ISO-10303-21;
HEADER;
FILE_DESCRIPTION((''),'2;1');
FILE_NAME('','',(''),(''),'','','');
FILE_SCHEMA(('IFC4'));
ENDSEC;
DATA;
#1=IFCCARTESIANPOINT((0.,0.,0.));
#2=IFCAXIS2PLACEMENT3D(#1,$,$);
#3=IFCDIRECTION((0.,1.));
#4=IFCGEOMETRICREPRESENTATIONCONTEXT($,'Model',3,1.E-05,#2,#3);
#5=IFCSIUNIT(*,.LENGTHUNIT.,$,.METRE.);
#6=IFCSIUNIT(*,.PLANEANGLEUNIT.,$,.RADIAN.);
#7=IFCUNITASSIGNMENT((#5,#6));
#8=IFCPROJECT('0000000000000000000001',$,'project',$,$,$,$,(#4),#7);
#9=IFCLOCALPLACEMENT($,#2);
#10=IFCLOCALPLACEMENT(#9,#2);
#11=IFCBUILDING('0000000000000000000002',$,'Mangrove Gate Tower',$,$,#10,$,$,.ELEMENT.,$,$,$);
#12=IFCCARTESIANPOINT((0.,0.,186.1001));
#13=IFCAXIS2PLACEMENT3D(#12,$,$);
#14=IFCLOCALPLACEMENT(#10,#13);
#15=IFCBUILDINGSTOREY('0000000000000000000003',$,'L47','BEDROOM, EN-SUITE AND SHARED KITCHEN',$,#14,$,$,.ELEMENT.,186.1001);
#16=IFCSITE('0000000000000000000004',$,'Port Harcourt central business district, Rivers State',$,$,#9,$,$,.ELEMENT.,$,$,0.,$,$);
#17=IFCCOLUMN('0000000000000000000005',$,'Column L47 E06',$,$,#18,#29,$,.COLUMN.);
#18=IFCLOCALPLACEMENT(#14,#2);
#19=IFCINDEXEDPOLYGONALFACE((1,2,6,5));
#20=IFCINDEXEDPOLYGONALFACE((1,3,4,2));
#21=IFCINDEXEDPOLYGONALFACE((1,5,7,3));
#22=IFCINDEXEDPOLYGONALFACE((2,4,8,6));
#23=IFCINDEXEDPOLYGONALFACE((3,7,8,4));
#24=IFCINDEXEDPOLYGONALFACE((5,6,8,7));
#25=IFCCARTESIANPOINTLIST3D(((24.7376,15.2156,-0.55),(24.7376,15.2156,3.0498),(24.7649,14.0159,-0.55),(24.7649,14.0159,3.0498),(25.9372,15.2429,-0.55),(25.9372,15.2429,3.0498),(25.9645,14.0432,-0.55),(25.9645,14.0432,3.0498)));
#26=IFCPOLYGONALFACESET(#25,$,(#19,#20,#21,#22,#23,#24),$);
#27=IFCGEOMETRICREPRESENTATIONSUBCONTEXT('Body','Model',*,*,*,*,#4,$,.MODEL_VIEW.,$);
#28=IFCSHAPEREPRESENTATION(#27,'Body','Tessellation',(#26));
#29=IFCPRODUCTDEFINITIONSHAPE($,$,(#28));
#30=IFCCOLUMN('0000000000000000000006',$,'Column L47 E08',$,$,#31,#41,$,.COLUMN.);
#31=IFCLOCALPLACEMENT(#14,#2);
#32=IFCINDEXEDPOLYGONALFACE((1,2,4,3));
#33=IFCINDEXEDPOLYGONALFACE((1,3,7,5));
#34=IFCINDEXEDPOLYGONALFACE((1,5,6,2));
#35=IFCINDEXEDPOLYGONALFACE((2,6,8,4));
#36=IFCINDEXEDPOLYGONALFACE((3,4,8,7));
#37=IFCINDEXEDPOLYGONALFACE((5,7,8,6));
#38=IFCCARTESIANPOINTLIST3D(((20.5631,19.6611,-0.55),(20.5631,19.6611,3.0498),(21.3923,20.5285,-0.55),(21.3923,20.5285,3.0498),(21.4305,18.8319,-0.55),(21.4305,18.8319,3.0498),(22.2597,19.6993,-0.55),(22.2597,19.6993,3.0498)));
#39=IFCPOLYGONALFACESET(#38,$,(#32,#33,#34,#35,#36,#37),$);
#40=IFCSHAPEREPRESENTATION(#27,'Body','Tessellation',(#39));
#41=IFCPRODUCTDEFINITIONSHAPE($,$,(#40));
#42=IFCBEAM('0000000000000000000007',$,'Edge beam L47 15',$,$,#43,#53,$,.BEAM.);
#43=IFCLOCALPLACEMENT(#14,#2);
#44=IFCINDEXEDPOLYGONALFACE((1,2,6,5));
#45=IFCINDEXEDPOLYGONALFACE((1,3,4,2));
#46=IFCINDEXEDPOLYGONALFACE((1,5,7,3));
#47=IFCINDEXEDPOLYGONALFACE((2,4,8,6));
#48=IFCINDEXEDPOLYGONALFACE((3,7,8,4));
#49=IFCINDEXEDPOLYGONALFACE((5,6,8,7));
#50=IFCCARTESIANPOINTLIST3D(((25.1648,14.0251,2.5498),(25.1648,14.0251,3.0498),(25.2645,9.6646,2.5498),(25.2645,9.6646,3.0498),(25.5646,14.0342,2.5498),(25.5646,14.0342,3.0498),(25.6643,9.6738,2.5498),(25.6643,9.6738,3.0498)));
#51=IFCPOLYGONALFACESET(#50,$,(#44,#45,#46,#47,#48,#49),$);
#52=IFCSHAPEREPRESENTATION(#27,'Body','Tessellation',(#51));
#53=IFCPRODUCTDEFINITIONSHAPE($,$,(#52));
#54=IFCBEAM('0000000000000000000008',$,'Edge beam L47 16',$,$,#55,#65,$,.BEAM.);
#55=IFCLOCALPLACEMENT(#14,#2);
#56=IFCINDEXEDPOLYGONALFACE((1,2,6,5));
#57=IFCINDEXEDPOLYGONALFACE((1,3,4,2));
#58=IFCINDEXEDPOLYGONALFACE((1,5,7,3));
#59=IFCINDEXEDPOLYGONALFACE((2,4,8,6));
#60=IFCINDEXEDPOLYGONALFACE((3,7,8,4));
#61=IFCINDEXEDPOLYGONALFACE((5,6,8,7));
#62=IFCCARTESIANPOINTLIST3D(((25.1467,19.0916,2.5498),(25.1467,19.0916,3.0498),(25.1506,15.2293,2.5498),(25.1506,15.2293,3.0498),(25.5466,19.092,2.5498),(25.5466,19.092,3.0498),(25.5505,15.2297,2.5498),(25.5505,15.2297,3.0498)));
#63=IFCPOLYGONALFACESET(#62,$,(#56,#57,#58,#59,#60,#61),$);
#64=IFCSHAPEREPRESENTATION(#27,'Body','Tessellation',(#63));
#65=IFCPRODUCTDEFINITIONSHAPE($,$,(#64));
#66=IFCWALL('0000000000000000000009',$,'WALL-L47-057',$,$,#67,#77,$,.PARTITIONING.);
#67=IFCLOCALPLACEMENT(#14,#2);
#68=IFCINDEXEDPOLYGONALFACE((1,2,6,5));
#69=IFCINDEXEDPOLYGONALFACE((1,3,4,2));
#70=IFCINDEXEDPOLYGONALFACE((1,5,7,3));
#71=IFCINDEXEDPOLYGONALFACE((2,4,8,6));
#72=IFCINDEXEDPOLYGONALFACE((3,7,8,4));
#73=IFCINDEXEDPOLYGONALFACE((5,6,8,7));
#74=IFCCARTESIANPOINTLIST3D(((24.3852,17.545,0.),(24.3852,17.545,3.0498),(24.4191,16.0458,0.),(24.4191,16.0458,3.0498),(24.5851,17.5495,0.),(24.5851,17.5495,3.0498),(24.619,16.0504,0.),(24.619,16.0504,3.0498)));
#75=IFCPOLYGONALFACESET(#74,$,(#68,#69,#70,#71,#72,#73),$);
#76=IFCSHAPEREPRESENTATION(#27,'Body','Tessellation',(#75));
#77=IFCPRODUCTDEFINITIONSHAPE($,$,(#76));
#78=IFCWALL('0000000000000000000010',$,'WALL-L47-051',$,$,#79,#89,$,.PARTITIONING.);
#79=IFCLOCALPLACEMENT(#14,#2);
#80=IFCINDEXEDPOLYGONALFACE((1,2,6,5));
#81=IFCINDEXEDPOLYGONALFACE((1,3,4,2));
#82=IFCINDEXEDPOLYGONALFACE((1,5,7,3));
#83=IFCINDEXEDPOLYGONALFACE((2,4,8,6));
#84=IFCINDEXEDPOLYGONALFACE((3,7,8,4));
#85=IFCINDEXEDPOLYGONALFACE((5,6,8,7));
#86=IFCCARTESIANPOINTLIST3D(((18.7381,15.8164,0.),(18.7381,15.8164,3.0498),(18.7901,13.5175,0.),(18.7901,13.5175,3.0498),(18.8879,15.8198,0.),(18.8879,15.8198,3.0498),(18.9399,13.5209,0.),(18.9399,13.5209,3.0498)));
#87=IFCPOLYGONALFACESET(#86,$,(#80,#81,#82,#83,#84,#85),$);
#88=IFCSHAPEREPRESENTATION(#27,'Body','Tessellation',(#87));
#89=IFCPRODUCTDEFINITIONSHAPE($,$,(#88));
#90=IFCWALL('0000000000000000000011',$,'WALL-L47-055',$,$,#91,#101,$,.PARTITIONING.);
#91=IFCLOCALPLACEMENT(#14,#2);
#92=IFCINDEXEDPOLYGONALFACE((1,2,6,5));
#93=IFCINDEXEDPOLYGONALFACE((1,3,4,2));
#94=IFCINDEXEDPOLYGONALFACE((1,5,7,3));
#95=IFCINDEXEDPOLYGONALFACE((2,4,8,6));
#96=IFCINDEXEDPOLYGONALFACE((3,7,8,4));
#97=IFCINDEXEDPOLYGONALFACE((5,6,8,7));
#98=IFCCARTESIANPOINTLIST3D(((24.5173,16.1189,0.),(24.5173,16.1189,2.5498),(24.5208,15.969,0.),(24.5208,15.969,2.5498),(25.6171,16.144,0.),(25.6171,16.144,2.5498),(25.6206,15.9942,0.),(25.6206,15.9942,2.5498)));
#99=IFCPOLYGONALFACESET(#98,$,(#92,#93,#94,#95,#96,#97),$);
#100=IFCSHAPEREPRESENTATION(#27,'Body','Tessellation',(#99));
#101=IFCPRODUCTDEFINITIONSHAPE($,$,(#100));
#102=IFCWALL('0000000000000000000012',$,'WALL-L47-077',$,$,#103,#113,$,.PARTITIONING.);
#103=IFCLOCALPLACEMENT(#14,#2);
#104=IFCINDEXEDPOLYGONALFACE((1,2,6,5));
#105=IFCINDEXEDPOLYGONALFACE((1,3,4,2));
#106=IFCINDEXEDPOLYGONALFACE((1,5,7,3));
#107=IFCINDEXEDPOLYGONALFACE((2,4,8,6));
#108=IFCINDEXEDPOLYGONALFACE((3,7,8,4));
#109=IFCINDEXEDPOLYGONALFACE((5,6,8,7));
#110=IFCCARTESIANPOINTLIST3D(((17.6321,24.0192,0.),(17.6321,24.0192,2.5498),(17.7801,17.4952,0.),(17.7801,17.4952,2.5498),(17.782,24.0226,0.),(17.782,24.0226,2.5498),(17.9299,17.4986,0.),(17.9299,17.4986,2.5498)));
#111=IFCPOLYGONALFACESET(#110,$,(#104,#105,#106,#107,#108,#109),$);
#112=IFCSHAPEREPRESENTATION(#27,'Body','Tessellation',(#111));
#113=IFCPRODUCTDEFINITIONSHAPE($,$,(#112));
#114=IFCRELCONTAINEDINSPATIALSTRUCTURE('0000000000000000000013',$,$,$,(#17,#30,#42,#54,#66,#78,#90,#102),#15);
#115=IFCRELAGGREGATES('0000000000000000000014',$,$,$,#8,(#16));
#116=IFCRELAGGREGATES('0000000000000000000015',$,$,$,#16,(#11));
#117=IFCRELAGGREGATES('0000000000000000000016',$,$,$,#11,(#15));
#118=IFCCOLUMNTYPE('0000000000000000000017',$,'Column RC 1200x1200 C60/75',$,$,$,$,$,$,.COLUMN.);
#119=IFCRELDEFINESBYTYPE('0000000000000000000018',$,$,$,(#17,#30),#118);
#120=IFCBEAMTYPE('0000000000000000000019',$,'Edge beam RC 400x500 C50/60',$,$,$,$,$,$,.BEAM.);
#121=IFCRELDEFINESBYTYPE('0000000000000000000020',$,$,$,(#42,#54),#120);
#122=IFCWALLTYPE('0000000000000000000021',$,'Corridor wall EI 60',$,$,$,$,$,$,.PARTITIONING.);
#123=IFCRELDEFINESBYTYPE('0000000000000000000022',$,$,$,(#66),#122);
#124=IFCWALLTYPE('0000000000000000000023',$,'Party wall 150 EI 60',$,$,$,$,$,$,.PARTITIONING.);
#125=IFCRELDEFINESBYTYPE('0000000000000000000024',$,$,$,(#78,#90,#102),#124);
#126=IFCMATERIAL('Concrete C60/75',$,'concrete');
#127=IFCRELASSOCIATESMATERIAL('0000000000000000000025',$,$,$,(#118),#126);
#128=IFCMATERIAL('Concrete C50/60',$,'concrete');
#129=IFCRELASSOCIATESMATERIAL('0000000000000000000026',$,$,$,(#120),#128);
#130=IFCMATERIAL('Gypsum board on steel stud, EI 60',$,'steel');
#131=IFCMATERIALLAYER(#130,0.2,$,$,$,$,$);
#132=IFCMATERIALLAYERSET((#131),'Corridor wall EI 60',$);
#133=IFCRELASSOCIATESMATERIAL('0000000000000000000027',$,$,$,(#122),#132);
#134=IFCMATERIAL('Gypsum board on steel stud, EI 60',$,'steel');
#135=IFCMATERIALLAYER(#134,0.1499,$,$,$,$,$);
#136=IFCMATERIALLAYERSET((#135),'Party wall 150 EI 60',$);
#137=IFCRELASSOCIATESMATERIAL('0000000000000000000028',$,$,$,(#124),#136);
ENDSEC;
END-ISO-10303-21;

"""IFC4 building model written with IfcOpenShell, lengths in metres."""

from ifc_helpers import new_model, si_unit, direction, frame, frame_2d, origin, origin_2d, place, context, subcontext, project, spatial, rectangle, extrude, material, layer, layer_set, material_profile, profile_set, type_object, element, save


model = new_model("IFC4")

# Units and contexts
model_context = context("Model", 3, precision=1e-05, world=origin(), true_north=direction((0.0, 1.0)))
body_context = subcontext(model_context, "Body", "Model", "MODEL_VIEW")
ifc_project = project(units=[si_unit("LENGTHUNIT", "METRE"), si_unit("PLANEANGLEUNIT", "RADIAN")], contexts=[model_context])

# Site, building, storey
site_placement = place(None, origin())
site = spatial("IfcSite", under=ifc_project, at=site_placement, Name="Port Harcourt central business district, Rivers State", CompositionType="ELEMENT", RefElevation=0.0)
building_placement = place(site_placement, origin())
building = spatial("IfcBuilding", under=site, at=building_placement, Name="Mangrove Gate Tower", CompositionType="ELEMENT")
storey_placement = place(building_placement, frame((0.0, 0.0, 186.1001)))
storey = spatial("IfcBuildingStorey", under=building, at=storey_placement, Name="L47", Description="BEDROOM, EN-SUITE AND SHARED KITCHEN", CompositionType="ELEMENT", Elevation=186.1001)

# Columns
ifc_material_1 = material(Name="Concrete C60/75", Category="concrete")
ifc_material_profile_1 = material_profile(ifc_material_1, rectangle(XDim=1.2, YDim=1.2, at=origin_2d()))
ifc_profile_set_1 = profile_set([ifc_material_profile_1], Name="Concrete C60/75")
column_type = type_object("IfcColumnType", Name="Column RC 1200x1200 C60/75", PredefinedType="COLUMN", material=ifc_profile_set_1)
for number, where, z_axis, x_axis, name in (
    (1, (25.3511, 14.6294, -0.55), (0.0, 0.0, 1.0), (-0.022744, 0.999741, 0.0), "Column L47 E06"),
    (2, (21.4114, 19.6802, -0.55), (0.0, 0.0, 1.0), (-0.722838, 0.691018, 0.0), "Column L47 E08"),
):
    element("IfcColumn", number, at=place(storey_placement, frame(where, z_axis=z_axis, x_axis=x_axis)), inside=storey, type_object=column_type, Name=name, PredefinedType="COLUMN", context=body_context, shape_type="SweptSolid", body=[
        extrude(rectangle(XDim=1.2, YDim=1.2, at=origin_2d()), origin(), (0.0, 0.0, 1.0), 3.5999),
    ])

# Beams
ifc_material_2 = material(Name="Concrete C50/60", Category="concrete")
ifc_material_profile_2 = material_profile(ifc_material_2, rectangle(XDim=0.3999, YDim=0.5, at=origin_2d()))
ifc_profile_set_2 = profile_set([ifc_material_profile_2], Name="Concrete C50/60")
beam_type = type_object("IfcBeamType", Name="Edge beam RC 400x500 C50/60", PredefinedType="BEAM", material=ifc_profile_set_2)
beam_1_placement = place(storey_placement, frame((25.4644, 9.6692, 2.7998), z_axis=(-0.022838, 0.999739, 0.0), x_axis=(-0.999739, -0.022838, 0.0)))
element("IfcBeam", 3, at=beam_1_placement, inside=storey, type_object=beam_type, Name="Edge beam L47 15", PredefinedType="BEAM", context=body_context, shape_type="SweptSolid", body=[
    extrude(rectangle(XDim=0.3999, YDim=0.5, at=origin_2d()), origin(), (0.0, 0.0, 1.0), 4.3616),
])
beam_2_placement = place(storey_placement, frame((25.3506, 15.2295, 2.7998), z_axis=(-0.001011, 0.999999, 0.0), x_axis=(-0.999999, -0.001011, 0.0)))
element("IfcBeam", 4, at=beam_2_placement, inside=storey, type_object=beam_type, Name="Edge beam L47 16", PredefinedType="BEAM", context=body_context, shape_type="SweptSolid", body=[
    extrude(rectangle(XDim=0.3999, YDim=0.5, at=origin_2d()), origin(), (0.0, 0.0, 1.0), 3.8623),
])

# Walls
ifc_material_3 = material(Name="Gypsum board on steel stud, EI 60", Category="steel")
ifc_layer_1 = layer(ifc_material_3, 0.2)
ifc_layer_set_1 = layer_set([ifc_layer_1], Name="Corridor wall EI 60")
wall_type_1 = type_object("IfcWallType", Name="Corridor wall EI 60", PredefinedType="PARTITIONING", material=ifc_layer_set_1)
wall_1_placement = place(storey_placement, frame((24.519, 16.0481, 0.0), z_axis=(0.0, 0.0, 1.0), x_axis=(-0.022633, 0.999744, 0.0)))
element("IfcWall", 5, at=wall_1_placement, inside=storey, type_object=wall_type_1, Name="WALL-L47-057", PredefinedType="PARTITIONING", context=body_context, shape_type="SweptSolid", body=[
    extrude(rectangle(XDim=1.4995, YDim=0.2, at=frame_2d((0.7498, 0.0))), origin(), (0.0, 0.0, 1.0), 3.0498),
])
ifc_material_4 = material(Name="Gypsum board on steel stud, EI 60", Category="steel")
ifc_layer_2 = layer(ifc_material_4, 0.1499)
ifc_layer_set_2 = layer_set([ifc_layer_2], Name="Party wall 150 EI 60")
wall_type_2 = type_object("IfcWallType", Name="Party wall 150 EI 60", PredefinedType="PARTITIONING", material=ifc_layer_set_2)
wall_2_placement = place(storey_placement, frame((18.865, 13.519, 0.0), z_axis=(0.0, 0.0, 1.0), x_axis=(-0.022613, 0.999744, 0.0)))
element("IfcWall", 6, at=wall_2_placement, inside=storey, type_object=wall_type_2, Name="WALL-L47-051", PredefinedType="PARTITIONING", context=body_context, shape_type="SweptSolid", body=[
    extrude(rectangle(XDim=2.2996, YDim=0.1499, at=frame_2d((1.1499, 0.0))), origin(), (0.0, 0.0, 1.0), 3.0498),
])
wall_3_placement = place(storey_placement, frame((24.519, 16.0439, 0.0), z_axis=(0.0, 0.0, 1.0), x_axis=(0.999739, 0.022858, 0.0)))
element("IfcWall", 7, at=wall_3_placement, inside=storey, type_object=wall_type_2, Name="WALL-L47-055", PredefinedType="PARTITIONING", context=body_context, shape_type="SweptSolid", body=[
    extrude(rectangle(XDim=1.1001, YDim=0.1499, at=frame_2d((0.55, 0.0))), origin(), (0.0, 0.0, 1.0), 2.5498),
])
wall_4_placement = place(storey_placement, frame((17.855, 17.4971, 0.0), z_axis=(0.0, 0.0, 1.0), x_axis=(-0.022672, 0.999743, 0.0)))
element("IfcWall", 8, at=wall_4_placement, inside=storey, type_object=wall_type_2, Name="WALL-L47-077", PredefinedType="PARTITIONING", context=body_context, shape_type="SweptSolid", body=[
    extrude(rectangle(XDim=6.5256, YDim=0.1499, at=frame_2d((3.2627, 0.0))), origin(), (0.0, 0.0, 1.0), 2.5498),
])

save(model, "model.ifc")
